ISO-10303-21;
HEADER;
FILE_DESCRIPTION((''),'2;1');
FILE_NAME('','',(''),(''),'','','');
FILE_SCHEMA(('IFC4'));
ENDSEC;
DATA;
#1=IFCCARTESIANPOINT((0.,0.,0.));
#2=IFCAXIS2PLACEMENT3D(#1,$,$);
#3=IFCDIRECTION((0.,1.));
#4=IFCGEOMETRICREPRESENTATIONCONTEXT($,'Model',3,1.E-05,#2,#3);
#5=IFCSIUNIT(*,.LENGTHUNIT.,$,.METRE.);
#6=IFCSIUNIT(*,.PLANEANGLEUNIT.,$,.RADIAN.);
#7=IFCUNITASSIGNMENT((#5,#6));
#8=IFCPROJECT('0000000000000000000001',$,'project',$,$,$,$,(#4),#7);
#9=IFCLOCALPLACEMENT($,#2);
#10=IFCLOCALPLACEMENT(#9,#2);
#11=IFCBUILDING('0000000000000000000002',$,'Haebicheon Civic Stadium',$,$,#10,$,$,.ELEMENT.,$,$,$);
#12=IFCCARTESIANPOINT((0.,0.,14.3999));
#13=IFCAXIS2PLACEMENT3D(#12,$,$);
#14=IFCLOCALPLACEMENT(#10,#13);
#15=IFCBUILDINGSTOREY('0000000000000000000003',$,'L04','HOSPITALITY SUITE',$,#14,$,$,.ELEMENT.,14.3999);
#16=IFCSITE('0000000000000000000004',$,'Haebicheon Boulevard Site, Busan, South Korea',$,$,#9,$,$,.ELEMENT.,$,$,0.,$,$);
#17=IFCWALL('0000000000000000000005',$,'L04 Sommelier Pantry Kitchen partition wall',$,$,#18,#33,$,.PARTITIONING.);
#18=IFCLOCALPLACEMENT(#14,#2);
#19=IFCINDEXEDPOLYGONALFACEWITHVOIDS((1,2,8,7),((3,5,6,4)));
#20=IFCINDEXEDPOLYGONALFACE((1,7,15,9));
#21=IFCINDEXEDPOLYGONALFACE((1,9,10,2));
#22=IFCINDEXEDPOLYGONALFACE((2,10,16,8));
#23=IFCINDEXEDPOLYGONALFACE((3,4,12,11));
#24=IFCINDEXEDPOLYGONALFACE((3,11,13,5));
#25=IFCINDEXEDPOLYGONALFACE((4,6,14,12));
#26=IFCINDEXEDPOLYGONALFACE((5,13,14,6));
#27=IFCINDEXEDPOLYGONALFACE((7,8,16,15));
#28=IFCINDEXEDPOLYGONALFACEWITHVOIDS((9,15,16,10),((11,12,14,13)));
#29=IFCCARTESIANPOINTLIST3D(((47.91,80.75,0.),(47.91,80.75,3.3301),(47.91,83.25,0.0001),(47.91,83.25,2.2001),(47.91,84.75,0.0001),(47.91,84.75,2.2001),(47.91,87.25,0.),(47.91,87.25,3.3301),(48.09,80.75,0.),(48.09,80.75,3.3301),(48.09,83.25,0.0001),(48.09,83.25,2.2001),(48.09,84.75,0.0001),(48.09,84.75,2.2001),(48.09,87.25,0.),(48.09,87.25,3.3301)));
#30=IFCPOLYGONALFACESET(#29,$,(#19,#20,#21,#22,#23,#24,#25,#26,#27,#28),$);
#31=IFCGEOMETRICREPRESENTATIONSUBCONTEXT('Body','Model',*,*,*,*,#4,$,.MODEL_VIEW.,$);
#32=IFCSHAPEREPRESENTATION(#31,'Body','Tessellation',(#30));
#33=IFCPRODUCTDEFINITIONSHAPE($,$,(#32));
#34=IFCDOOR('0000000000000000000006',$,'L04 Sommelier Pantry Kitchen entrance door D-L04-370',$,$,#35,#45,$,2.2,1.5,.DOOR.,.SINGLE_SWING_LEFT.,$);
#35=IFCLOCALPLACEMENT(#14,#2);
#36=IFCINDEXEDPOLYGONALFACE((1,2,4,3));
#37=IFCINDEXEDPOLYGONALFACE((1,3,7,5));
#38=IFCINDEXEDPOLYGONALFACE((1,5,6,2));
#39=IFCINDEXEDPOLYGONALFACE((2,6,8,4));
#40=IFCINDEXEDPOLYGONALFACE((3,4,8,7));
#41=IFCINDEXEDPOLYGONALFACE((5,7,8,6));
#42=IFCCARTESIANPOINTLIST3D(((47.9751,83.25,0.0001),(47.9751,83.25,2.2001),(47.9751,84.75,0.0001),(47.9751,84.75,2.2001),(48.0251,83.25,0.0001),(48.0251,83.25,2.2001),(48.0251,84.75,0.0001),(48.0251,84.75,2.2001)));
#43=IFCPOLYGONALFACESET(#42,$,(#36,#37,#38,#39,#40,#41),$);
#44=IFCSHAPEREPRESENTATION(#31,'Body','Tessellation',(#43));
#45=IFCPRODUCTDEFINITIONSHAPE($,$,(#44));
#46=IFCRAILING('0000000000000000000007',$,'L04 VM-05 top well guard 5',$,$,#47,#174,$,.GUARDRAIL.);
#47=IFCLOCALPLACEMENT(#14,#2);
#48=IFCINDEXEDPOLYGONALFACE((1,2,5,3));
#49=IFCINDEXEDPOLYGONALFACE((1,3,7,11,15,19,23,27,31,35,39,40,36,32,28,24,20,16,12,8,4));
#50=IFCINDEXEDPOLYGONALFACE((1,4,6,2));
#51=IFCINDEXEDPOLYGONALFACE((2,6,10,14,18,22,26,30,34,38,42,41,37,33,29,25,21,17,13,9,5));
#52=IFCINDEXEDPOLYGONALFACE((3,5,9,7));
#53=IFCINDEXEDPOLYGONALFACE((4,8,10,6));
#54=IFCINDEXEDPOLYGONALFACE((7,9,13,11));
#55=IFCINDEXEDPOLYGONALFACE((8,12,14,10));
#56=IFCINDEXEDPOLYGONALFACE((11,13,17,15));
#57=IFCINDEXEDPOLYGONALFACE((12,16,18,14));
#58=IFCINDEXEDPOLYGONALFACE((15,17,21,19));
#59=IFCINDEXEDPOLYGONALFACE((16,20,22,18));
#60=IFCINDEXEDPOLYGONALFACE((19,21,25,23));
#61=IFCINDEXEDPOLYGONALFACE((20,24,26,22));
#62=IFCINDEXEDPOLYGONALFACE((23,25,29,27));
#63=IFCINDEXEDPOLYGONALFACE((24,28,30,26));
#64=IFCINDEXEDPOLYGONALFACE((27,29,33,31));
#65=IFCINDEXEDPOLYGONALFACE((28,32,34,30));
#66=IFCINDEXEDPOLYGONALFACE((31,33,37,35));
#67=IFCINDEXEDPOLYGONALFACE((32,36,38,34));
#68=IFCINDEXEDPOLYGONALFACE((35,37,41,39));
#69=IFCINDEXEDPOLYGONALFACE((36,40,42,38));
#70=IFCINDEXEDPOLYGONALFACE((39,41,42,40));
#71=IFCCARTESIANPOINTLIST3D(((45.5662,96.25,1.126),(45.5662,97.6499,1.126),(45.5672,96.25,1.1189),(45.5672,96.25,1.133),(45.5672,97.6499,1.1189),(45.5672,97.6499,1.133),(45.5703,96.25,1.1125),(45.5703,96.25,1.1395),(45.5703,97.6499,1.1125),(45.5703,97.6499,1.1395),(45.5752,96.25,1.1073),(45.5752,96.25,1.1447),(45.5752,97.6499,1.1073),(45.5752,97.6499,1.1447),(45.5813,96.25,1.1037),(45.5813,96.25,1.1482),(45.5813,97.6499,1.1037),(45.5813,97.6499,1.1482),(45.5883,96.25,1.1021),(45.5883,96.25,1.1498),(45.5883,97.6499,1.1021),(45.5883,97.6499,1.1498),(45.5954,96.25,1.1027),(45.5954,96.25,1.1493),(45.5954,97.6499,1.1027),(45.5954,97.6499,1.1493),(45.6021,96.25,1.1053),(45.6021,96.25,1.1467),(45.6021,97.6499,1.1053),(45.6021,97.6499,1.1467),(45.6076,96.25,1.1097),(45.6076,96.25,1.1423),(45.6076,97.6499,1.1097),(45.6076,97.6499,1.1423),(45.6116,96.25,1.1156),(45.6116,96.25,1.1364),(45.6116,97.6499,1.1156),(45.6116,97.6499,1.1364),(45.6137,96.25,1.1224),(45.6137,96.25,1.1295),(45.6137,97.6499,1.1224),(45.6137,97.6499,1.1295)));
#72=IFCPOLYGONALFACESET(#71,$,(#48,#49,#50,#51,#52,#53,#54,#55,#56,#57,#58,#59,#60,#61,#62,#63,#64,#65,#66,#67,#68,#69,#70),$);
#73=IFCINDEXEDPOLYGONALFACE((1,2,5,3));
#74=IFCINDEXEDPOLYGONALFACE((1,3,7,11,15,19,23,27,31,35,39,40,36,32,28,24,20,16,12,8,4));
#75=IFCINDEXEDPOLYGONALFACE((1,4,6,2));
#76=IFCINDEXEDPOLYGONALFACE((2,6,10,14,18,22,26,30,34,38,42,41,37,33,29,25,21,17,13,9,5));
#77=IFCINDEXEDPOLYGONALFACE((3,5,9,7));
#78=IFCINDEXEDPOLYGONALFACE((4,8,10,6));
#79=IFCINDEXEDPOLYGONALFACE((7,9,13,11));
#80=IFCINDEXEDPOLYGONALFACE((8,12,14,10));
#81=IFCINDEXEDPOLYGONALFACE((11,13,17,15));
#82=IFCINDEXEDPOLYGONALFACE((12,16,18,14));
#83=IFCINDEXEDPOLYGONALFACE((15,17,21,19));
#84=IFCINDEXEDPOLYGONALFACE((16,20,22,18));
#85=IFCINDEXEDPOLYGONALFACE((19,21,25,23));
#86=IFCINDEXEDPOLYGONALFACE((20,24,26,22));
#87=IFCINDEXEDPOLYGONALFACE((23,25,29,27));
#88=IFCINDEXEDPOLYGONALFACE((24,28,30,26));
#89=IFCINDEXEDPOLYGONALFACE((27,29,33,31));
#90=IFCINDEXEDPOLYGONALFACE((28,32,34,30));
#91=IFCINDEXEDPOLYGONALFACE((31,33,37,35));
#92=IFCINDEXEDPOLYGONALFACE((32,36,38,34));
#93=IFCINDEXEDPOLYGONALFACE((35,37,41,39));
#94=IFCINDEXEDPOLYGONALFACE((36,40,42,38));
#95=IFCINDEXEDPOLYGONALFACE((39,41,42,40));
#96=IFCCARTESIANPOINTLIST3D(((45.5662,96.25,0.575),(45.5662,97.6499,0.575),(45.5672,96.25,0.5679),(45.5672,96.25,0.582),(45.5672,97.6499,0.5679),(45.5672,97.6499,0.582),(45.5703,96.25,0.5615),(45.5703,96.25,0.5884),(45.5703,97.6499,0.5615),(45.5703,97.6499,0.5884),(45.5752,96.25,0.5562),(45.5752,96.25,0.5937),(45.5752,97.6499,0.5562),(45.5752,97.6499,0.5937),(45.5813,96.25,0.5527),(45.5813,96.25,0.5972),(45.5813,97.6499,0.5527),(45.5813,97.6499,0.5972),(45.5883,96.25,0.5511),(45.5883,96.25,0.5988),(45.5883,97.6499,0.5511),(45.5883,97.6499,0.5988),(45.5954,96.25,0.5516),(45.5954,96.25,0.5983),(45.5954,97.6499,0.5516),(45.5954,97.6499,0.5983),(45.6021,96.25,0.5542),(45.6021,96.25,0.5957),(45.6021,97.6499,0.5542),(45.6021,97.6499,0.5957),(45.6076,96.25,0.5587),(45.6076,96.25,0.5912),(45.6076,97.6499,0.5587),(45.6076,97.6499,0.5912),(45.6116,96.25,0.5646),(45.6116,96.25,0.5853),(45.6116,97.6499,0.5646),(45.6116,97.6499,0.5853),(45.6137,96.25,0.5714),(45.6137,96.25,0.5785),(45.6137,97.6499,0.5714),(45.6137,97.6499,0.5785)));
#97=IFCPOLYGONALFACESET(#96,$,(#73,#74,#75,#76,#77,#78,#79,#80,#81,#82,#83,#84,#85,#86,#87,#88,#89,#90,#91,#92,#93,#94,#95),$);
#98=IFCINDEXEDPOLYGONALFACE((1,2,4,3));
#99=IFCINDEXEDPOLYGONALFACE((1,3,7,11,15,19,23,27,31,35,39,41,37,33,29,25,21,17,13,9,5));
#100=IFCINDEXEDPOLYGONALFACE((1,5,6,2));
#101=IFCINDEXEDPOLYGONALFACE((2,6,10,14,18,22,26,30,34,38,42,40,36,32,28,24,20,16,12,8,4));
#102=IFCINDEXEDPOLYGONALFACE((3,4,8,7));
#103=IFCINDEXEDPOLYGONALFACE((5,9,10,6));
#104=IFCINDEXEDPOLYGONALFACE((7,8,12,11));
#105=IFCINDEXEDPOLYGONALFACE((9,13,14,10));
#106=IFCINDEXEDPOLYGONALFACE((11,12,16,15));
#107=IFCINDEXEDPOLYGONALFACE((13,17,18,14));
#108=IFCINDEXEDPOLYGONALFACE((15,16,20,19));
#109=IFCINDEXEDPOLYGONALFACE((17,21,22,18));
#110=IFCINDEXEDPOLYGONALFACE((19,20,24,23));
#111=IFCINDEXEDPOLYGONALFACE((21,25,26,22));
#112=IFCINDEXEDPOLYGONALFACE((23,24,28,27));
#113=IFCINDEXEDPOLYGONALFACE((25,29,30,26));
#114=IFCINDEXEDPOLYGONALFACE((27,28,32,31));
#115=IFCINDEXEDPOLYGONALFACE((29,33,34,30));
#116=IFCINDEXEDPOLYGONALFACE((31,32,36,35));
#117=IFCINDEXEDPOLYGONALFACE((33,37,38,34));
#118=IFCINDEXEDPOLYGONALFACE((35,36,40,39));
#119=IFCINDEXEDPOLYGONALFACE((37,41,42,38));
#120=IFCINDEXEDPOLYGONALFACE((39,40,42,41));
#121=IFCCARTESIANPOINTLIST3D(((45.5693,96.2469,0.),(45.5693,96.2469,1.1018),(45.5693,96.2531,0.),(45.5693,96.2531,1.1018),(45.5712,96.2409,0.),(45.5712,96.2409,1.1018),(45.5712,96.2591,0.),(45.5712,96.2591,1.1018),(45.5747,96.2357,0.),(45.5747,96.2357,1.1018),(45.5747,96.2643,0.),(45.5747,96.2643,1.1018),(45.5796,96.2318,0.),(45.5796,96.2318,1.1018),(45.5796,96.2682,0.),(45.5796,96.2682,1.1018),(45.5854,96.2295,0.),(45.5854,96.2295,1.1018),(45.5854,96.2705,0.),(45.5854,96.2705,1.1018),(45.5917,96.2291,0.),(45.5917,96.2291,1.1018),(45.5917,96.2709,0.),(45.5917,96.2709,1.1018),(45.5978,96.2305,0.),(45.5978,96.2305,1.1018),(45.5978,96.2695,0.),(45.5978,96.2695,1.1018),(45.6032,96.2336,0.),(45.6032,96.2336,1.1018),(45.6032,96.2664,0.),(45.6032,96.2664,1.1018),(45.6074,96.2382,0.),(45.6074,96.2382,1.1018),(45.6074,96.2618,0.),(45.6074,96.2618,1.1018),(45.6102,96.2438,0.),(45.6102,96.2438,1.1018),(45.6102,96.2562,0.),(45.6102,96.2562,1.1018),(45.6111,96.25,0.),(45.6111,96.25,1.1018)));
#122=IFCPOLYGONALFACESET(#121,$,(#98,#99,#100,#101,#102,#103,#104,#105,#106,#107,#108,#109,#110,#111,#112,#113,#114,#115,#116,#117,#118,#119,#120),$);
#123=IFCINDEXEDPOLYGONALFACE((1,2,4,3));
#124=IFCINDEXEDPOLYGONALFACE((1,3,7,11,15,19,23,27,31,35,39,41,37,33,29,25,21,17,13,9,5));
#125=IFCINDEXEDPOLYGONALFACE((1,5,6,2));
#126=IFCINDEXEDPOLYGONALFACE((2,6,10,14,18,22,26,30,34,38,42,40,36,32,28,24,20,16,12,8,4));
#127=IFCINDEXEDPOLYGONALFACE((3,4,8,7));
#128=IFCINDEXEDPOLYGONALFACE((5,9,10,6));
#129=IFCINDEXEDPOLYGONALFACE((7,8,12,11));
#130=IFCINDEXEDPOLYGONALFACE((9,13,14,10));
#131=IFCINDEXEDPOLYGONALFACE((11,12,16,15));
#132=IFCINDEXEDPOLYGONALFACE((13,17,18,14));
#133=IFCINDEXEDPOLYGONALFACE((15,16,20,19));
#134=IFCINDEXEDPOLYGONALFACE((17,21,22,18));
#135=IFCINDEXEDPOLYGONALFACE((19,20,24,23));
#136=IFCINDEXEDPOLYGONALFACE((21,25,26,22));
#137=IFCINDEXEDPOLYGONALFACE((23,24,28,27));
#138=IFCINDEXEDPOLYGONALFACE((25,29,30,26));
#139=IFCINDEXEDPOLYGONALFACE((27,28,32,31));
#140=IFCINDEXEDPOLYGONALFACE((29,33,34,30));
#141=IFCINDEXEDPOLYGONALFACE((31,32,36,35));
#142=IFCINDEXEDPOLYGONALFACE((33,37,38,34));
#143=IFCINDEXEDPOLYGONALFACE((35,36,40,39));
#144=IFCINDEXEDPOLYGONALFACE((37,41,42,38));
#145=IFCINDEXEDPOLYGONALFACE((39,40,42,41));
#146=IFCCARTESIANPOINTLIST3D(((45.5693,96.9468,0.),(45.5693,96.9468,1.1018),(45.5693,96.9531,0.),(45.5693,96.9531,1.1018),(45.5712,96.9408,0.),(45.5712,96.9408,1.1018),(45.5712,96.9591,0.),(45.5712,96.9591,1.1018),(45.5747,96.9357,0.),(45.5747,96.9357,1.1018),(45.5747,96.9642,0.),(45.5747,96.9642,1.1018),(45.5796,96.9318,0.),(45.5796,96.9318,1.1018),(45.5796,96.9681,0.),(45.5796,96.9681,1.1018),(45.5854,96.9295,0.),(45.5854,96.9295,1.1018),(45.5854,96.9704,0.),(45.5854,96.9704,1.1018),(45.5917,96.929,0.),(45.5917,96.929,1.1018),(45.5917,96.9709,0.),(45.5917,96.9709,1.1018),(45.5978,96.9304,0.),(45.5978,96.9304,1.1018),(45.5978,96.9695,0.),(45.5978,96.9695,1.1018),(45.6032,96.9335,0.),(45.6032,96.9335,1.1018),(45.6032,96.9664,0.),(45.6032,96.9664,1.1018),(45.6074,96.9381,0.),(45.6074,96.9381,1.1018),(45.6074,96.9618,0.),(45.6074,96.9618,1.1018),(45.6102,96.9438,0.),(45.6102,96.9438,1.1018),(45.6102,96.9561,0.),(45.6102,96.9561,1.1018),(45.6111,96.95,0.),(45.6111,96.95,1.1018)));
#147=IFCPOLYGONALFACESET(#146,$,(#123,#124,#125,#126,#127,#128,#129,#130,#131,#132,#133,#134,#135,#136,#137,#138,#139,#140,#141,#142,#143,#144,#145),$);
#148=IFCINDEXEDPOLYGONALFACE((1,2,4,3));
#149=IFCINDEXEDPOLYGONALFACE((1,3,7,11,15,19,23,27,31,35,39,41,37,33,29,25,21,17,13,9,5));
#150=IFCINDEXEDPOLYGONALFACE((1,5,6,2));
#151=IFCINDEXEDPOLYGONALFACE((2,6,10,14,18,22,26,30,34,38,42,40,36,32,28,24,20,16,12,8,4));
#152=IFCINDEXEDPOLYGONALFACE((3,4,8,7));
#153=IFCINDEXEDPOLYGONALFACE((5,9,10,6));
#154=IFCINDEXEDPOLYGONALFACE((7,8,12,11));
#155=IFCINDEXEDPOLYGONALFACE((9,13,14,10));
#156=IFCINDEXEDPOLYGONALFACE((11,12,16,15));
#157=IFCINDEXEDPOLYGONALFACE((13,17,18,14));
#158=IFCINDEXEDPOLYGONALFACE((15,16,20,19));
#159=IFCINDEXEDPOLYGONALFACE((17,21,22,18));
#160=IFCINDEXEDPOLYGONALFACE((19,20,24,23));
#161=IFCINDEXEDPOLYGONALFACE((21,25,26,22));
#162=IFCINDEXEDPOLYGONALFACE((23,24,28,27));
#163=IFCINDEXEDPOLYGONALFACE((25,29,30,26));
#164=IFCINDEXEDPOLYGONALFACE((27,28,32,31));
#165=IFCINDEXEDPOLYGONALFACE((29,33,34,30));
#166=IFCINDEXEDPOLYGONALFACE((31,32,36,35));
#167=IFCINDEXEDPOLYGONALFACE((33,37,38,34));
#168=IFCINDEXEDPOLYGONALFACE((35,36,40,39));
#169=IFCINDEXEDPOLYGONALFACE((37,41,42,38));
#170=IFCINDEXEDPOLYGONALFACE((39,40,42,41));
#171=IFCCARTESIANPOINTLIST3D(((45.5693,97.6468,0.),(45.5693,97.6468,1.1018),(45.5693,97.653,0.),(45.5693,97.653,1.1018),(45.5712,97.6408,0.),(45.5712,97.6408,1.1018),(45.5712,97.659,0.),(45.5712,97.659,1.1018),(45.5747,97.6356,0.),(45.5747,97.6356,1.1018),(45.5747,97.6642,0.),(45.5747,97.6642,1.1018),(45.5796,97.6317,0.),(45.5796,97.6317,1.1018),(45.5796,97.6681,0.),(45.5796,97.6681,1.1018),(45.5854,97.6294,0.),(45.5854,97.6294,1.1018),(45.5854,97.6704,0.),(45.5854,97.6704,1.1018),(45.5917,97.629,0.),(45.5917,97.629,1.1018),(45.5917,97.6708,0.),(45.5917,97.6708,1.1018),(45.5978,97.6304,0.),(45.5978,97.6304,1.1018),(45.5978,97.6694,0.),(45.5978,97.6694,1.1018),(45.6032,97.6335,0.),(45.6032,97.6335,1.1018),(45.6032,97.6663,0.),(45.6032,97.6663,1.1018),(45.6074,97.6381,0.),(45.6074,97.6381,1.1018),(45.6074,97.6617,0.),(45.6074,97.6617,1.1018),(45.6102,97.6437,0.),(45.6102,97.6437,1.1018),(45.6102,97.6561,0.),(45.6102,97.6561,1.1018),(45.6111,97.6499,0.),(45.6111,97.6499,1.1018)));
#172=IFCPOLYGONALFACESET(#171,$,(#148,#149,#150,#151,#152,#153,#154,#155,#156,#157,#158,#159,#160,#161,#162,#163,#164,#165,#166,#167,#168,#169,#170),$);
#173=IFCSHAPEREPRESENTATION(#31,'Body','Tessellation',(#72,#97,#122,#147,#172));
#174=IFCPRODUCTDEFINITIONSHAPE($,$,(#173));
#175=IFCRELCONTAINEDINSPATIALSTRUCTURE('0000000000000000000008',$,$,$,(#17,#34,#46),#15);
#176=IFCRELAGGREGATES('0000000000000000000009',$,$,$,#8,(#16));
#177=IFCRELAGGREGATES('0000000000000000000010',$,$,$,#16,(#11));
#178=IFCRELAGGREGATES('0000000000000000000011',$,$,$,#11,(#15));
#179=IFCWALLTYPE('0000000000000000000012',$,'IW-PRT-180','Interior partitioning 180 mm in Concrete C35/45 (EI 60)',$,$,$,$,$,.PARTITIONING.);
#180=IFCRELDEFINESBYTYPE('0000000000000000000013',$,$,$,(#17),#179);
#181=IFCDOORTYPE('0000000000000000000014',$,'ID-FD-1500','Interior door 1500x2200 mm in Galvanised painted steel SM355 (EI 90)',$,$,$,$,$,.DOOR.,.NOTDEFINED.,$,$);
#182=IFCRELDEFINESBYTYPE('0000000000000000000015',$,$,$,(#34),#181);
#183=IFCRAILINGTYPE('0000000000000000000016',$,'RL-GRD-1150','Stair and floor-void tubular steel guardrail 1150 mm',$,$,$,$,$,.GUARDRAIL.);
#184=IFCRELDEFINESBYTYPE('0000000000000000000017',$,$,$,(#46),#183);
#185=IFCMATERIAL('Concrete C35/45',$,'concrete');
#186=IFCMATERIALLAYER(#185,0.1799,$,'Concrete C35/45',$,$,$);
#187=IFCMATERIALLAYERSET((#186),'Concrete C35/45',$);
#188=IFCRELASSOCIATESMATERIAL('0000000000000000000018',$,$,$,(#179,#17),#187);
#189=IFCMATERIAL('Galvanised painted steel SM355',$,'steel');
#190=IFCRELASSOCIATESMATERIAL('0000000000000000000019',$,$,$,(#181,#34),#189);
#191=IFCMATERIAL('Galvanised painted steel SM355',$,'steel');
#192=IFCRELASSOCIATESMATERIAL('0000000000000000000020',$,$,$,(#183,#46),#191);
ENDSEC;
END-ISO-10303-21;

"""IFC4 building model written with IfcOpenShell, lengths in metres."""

from ifc_helpers import new_model, si_unit, direction, frame, frame_2d, origin, origin_2d, place, context, subcontext, project, spatial, rectangle, circle, extrude, material, layer, layer_set, type_object, element, fill, save


model = new_model("IFC4")

# Units and contexts
model_context = context("Model", 3, precision=1e-05, world=origin(), true_north=direction((0.0, 1.0)))
body_context = subcontext(model_context, "Body", "Model", "MODEL_VIEW")
ifc_project = project(units=[si_unit("LENGTHUNIT", "METRE"), si_unit("PLANEANGLEUNIT", "RADIAN")], contexts=[model_context])

# Site, building, storey
site_placement = place(None, origin())
site = spatial("IfcSite", under=ifc_project, at=site_placement, Name="Haebicheon Boulevard Site, Busan, South Korea", CompositionType="ELEMENT", RefElevation=0.0)
building_placement = place(site_placement, origin())
building = spatial("IfcBuilding", under=site, at=building_placement, Name="Haebicheon Civic Stadium", CompositionType="ELEMENT")
storey_placement = place(building_placement, frame((0.0, 0.0, 14.3999)))
storey = spatial("IfcBuildingStorey", under=building, at=storey_placement, Name="L04", Description="HOSPITALITY SUITE", CompositionType="ELEMENT", Elevation=14.3999)

# Wall, opening, door
ifc_material_1 = material(Name="Concrete C35/45", Category="concrete")
ifc_layer_1 = layer(ifc_material_1, 0.1799, Name="Concrete C35/45")
ifc_layer_set_1 = layer_set([ifc_layer_1], Name="Concrete C35/45")
wall_type_1 = type_object("IfcWallType", Name="IW-PRT-180", Description="Interior partitioning 180 mm in Concrete C35/45 (EI 60)", PredefinedType="PARTITIONING", material=ifc_layer_set_1)
wall_1_placement = place(storey_placement, frame((48.0, 80.75, 0.0), z_axis=(0.0, 0.0, 1.0), x_axis=(0.0, 1.0, 0.0)))
wall_1 = element("IfcWall", 1, at=wall_1_placement, inside=storey, type_object=wall_type_1, material=ifc_layer_set_1, Name="L04 Sommelier Pantry Kitchen partition wall", PredefinedType="PARTITIONING", context=body_context, shape_type="SweptSolid", body=[
    extrude(rectangle(XDim=6.5, YDim=0.1799, at=frame_2d((3.25, 0.0))), origin(), (0.0, 0.0, 1.0), 3.3301),
])
opening_1_placement = place(wall_1_placement, frame((2.5, 0.0, 0.0)))
opening_1 = element("IfcOpeningElement", 2, at=opening_1_placement, cuts=wall_1, PredefinedType="OPENING", context=body_context, shape_type="SweptSolid", body=[
    extrude(rectangle(XDim=1.5, YDim=2.2, at=frame_2d((0.75, 1.1001))), frame((0.0, 0.0999, 0.0), z_axis=(0.0, -1.0, 0.0), x_axis=(1.0, 0.0, 0.0)), (0.0, 0.0, 1.0), 0.2),
])
ifc_material_2 = material(Name="Galvanised painted steel SM355", Category="steel")
door_type_1 = type_object("IfcDoorType", Name="ID-FD-1500", Description="Interior door 1500x2200 mm in Galvanised painted steel SM355 (EI 90)", OperationType="NOTDEFINED", PredefinedType="DOOR", material=ifc_material_2)
door_1_placement = place(opening_1_placement, origin())
door_1 = element("IfcDoor", 3, at=door_1_placement, inside=storey, type_object=door_type_1, material=ifc_material_2, Name="L04 Sommelier Pantry Kitchen entrance door D-L04-370", OperationType="SINGLE_SWING_LEFT", OverallHeight=2.2, OverallWidth=1.5, PredefinedType="DOOR", context=body_context, shape_type="SweptSolid", body=[
    extrude(rectangle(XDim=1.5, YDim=2.2, at=frame_2d((0.75, 1.1001))), frame((0.0, 0.0249, 0.0), z_axis=(0.0, -1.0, 0.0), x_axis=(1.0, 0.0, 0.0)), (0.0, 0.0, 1.0), 0.05),
])
fill(opening_1, door_1)

# Railing
ifc_material_3 = material(Name="Galvanised painted steel SM355", Category="steel")
railing_type = type_object("IfcRailingType", Name="RL-GRD-1150", Description="Stair and floor-void tubular steel guardrail 1150 mm", PredefinedType="GUARDRAIL", material=ifc_material_3)
railing_placement = place(storey_placement, frame((45.5901, 96.25, 0.0)))
element("IfcRailing", 4, at=railing_placement, inside=storey, type_object=railing_type, material=ifc_material_3, Name="L04 VM-05 top well guard 5", PredefinedType="GUARDRAIL", context=body_context, shape_type="SweptSolid", body=[
    extrude(circle(Radius=0.0239, at=origin_2d()), frame((0.0, 0.0, 1.126), z_axis=(0.0, 1.0, 0.0), x_axis=(-1.0, 0.0, 0.0)), (0.0, 0.0, 1.0), 1.3999),
    extrude(circle(Radius=0.0239, at=origin_2d()), frame((0.0, 0.0, 0.575), z_axis=(0.0, 1.0, 0.0), x_axis=(-1.0, 0.0, 0.0)), (0.0, 0.0, 1.0), 1.3999),
    extrude(circle(Radius=0.021, at=origin_2d()), origin(), (0.0, 0.0, 1.0), 1.1018),
    extrude(circle(Radius=0.021, at=origin_2d()), frame((0.0, 0.7, 0.0)), (0.0, 0.0, 1.0), 1.1018),
    extrude(circle(Radius=0.021, at=origin_2d()), frame((0.0, 1.3999, 0.0)), (0.0, 0.0, 1.0), 1.1018),
])

save(model, "model.ifc")
